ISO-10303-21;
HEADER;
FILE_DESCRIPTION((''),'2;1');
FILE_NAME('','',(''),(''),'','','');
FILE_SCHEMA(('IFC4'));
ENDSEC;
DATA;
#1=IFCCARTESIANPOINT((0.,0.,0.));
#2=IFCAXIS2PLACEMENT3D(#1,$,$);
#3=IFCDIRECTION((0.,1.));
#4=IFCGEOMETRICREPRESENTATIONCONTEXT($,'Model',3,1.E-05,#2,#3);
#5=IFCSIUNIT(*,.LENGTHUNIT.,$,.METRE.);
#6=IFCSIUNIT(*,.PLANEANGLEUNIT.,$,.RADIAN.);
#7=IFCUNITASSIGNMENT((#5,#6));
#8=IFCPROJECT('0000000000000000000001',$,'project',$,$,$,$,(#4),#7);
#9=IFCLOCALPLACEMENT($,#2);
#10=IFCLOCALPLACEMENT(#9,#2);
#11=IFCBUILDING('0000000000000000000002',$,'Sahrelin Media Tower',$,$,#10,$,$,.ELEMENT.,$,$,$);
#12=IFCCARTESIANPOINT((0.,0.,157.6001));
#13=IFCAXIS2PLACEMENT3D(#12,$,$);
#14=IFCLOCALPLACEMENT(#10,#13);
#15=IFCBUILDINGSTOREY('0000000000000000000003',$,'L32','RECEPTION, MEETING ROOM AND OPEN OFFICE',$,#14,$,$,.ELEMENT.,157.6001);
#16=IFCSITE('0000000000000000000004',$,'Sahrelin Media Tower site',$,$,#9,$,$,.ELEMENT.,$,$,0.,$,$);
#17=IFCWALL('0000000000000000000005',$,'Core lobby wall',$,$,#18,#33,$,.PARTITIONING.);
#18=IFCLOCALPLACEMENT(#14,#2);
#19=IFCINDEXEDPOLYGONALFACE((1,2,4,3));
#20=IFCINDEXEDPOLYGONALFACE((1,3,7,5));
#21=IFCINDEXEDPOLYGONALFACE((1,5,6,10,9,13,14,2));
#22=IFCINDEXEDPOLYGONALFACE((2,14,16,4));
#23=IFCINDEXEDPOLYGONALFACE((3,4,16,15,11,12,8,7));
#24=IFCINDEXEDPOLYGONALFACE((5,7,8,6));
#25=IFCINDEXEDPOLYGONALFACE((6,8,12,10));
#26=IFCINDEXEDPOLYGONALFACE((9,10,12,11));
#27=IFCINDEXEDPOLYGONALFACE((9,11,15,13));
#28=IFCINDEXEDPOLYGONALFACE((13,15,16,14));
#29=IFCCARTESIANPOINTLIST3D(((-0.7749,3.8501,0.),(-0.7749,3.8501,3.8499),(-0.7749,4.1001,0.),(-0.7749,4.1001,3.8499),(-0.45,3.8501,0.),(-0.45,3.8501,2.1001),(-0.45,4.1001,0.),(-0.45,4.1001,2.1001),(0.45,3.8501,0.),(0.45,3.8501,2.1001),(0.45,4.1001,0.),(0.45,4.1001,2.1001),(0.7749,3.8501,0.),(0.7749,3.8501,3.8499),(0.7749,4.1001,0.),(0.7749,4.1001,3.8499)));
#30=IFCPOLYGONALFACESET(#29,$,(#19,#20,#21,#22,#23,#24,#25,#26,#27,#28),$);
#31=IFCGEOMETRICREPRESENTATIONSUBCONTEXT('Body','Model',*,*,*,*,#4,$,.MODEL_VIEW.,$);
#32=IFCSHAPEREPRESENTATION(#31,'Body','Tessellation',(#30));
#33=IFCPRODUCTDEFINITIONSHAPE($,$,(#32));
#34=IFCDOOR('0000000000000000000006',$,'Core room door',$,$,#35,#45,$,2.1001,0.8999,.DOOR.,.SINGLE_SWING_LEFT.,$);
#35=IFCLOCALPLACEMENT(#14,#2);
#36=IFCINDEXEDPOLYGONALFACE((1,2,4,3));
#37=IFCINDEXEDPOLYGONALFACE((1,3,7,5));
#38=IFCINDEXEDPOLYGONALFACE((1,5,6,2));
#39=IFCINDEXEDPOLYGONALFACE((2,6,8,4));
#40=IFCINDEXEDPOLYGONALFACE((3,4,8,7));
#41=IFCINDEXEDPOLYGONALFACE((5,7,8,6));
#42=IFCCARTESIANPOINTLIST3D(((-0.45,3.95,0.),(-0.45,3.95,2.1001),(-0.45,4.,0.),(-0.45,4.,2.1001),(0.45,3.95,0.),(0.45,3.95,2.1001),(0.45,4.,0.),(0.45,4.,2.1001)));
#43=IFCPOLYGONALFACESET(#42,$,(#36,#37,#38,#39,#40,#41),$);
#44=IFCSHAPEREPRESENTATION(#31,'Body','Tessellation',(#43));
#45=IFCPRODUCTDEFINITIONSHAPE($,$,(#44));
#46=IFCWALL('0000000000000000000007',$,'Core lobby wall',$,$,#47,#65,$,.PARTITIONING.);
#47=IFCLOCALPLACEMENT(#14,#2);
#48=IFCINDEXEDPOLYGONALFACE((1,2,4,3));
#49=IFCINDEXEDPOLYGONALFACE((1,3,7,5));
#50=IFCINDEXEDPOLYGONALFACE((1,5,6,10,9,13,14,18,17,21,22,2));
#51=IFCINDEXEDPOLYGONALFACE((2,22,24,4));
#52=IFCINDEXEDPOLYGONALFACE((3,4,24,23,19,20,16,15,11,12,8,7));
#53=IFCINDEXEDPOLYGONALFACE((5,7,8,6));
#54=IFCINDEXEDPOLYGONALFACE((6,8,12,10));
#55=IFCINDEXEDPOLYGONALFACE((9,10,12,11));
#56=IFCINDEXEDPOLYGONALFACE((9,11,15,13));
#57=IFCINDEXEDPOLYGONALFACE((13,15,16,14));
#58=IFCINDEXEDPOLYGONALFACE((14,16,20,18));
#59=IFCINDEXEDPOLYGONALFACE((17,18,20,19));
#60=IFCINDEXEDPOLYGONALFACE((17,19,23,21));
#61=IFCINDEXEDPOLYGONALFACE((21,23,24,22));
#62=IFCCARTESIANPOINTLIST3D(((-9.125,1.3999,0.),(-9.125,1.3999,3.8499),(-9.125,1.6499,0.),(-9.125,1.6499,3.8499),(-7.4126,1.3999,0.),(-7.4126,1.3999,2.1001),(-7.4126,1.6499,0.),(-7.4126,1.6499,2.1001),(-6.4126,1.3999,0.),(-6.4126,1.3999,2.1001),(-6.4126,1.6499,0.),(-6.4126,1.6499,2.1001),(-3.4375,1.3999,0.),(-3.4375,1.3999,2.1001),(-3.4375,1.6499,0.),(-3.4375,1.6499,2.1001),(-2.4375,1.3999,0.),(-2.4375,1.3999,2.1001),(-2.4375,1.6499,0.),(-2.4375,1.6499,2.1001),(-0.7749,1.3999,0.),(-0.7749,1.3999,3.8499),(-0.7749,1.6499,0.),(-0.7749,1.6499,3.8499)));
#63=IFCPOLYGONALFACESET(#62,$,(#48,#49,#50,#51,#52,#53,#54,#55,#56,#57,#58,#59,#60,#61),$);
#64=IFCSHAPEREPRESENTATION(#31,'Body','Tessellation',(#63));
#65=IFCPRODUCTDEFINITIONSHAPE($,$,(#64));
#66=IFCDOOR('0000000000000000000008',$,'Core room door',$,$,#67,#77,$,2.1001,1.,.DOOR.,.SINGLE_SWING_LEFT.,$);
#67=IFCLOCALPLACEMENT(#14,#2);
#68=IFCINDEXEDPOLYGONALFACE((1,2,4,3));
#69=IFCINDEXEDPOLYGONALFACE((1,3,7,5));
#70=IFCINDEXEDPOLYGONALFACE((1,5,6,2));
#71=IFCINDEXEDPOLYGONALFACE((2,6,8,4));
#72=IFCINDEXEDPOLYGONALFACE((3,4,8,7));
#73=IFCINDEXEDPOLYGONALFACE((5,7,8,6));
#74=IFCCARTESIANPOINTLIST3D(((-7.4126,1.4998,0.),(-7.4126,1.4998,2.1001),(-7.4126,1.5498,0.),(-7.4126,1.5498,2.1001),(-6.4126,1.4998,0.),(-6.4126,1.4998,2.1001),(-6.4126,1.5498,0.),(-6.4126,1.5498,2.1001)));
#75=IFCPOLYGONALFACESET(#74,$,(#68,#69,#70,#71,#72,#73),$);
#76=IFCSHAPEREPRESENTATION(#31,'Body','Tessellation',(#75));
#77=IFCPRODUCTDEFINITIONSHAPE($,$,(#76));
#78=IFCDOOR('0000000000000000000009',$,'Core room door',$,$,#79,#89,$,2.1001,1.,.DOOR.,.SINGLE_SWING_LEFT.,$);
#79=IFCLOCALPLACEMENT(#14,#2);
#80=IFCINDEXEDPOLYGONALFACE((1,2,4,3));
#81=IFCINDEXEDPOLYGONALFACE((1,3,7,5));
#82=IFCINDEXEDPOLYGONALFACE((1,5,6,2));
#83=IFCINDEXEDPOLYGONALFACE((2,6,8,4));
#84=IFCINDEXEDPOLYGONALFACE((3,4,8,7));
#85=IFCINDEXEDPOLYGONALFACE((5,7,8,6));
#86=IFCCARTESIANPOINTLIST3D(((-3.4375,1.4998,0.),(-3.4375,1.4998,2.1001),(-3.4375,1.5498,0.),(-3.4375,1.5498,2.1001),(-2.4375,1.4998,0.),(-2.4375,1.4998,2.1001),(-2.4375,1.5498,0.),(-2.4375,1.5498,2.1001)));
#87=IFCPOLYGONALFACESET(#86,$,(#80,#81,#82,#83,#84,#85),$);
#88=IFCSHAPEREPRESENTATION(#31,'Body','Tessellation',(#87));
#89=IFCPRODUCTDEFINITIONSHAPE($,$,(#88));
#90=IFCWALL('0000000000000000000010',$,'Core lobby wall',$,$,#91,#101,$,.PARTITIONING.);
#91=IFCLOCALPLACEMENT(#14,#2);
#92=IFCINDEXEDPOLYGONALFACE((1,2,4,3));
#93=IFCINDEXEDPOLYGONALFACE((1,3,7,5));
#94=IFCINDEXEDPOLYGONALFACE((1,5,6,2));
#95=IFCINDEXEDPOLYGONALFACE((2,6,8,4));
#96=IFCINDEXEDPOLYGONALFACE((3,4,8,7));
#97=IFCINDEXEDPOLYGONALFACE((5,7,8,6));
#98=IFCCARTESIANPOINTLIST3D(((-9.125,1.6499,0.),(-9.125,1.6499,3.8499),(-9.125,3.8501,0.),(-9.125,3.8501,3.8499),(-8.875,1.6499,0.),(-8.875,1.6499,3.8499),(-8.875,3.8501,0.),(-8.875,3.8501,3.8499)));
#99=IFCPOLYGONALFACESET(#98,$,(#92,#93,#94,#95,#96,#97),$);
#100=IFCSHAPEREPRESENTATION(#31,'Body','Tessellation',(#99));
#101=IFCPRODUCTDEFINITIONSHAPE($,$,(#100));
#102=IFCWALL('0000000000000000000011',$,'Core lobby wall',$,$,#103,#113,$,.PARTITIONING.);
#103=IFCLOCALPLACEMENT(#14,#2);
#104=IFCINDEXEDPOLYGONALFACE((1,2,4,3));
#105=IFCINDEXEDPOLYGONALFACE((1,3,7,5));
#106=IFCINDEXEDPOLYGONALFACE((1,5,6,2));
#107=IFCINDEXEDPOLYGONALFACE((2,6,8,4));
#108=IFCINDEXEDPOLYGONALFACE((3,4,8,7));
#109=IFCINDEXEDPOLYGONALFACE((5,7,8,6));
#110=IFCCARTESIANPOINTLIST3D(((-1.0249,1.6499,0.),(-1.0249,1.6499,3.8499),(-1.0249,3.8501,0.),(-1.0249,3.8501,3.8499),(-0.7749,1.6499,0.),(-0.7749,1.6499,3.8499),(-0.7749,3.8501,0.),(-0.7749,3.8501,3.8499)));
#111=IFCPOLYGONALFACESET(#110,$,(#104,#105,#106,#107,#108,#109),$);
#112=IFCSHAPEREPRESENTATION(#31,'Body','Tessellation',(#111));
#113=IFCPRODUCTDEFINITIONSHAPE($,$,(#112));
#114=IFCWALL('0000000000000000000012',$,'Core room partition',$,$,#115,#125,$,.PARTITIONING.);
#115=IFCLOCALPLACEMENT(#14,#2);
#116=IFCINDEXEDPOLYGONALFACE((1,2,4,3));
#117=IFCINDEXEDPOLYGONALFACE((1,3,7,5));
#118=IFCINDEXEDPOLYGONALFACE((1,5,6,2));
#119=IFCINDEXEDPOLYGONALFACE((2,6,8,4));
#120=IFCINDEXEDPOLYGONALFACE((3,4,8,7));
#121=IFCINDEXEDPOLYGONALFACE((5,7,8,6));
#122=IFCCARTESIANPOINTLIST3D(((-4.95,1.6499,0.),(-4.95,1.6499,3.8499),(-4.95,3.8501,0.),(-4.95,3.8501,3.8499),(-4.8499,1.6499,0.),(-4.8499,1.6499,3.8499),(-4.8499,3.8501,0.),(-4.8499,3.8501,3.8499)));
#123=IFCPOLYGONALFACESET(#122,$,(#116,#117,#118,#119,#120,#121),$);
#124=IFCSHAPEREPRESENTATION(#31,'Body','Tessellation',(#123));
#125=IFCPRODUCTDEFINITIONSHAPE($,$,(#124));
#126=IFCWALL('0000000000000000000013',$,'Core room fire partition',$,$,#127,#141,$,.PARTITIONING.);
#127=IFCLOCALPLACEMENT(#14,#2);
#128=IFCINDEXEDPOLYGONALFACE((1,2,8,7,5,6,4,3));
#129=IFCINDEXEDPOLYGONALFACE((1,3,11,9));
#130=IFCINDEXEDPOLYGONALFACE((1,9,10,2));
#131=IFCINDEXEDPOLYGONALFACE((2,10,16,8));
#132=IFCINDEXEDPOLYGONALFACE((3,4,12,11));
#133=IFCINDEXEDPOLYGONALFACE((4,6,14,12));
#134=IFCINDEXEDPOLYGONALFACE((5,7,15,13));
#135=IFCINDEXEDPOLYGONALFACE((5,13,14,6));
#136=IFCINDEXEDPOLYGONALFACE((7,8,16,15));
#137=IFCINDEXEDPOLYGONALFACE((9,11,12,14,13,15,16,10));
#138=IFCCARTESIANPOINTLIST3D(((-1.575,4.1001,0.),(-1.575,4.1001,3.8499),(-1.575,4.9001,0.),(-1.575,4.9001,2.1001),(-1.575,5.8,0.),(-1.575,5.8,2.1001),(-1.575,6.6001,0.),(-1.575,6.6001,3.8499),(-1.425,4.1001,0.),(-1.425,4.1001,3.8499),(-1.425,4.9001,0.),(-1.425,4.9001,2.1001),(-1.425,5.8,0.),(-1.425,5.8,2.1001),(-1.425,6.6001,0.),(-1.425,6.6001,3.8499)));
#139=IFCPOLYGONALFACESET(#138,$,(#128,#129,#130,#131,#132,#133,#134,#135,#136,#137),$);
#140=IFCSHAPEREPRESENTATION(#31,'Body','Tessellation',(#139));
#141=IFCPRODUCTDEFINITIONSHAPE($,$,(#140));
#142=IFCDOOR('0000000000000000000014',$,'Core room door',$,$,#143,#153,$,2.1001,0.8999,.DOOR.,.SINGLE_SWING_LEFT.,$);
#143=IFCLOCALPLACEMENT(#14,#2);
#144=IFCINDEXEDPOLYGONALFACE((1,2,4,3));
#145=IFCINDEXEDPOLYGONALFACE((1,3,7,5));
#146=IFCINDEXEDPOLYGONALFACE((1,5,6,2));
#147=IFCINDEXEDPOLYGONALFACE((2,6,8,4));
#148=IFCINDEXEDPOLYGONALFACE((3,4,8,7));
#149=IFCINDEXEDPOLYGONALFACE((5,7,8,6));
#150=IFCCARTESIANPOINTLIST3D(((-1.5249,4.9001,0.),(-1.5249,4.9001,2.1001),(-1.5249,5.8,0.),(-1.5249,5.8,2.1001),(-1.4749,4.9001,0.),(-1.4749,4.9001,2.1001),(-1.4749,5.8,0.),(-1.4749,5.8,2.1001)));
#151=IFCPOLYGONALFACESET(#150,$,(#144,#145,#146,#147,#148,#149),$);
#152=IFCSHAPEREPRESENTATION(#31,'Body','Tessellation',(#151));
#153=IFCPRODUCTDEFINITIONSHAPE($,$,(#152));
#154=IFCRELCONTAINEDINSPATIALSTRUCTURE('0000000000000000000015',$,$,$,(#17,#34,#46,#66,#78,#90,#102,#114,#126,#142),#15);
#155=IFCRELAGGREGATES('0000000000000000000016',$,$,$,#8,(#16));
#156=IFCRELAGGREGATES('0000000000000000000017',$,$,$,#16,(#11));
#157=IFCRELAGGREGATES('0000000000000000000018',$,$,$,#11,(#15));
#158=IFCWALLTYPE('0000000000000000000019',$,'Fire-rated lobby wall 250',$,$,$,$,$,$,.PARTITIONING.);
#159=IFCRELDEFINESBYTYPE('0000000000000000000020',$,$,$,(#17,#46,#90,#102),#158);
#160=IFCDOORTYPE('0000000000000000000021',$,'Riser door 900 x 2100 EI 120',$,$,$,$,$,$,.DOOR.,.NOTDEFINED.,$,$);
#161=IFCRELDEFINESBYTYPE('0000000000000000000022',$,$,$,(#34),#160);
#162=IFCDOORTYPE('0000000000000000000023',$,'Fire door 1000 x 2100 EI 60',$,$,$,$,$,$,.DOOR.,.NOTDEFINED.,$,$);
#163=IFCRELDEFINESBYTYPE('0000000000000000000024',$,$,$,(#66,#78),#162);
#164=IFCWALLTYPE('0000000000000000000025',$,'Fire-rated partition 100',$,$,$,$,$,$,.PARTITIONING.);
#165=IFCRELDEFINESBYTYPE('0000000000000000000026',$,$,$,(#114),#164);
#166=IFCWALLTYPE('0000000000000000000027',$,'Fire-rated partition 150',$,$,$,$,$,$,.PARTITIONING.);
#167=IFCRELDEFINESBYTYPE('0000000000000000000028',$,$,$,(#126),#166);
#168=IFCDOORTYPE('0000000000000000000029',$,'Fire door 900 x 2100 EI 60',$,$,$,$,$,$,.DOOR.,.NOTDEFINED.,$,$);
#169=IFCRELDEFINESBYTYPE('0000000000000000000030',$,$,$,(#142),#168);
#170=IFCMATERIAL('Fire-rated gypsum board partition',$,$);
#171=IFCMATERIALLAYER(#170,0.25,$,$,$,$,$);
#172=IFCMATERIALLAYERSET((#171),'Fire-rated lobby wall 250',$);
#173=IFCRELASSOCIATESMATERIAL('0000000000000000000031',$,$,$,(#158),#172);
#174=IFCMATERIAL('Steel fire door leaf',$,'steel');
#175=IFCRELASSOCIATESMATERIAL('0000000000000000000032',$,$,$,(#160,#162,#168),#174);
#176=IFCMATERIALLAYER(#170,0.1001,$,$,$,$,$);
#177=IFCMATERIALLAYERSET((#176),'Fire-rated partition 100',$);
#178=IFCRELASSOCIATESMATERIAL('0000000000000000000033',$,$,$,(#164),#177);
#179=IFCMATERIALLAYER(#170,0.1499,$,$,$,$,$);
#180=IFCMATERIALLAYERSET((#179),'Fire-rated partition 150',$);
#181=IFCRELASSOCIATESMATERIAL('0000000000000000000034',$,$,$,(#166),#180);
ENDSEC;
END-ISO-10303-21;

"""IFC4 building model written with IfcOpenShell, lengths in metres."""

from ifc_helpers import new_model, si_unit, direction, frame, frame_2d, origin, place, context, subcontext, project, spatial, rectangle, extrude, material, layer, layer_set, type_object, element, fill, save


model = new_model("IFC4")

# Units and contexts
model_context = context("Model", 3, precision=1e-05, world=origin(), true_north=direction((0.0, 1.0)))
body_context = subcontext(model_context, "Body", "Model", "MODEL_VIEW")
ifc_project = project(units=[si_unit("LENGTHUNIT", "METRE"), si_unit("PLANEANGLEUNIT", "RADIAN")], contexts=[model_context])

# Site, building, storey
site_placement = place(None, origin())
site = spatial("IfcSite", under=ifc_project, at=site_placement, Name="Sahrelin Media Tower site", CompositionType="ELEMENT", RefElevation=0.0)
building_placement = place(site_placement, origin())
building = spatial("IfcBuilding", under=site, at=building_placement, Name="Sahrelin Media Tower", CompositionType="ELEMENT")
storey_placement = place(building_placement, frame((0.0, 0.0, 157.6001)))
storey = spatial("IfcBuildingStorey", under=building, at=storey_placement, Name="L32", Description="RECEPTION, MEETING ROOM AND OPEN OFFICE", CompositionType="ELEMENT", Elevation=157.6001)

# Wall, opening, door
ifc_material_1 = material(Name="Fire-rated gypsum board partition")
ifc_layer_1 = layer(ifc_material_1, 0.25)
ifc_layer_set_1 = layer_set([ifc_layer_1], Name="Fire-rated lobby wall 250")
wall_type_1 = type_object("IfcWallType", Name="Fire-rated lobby wall 250", PredefinedType="PARTITIONING", material=ifc_layer_set_1)
wall_1_placement = place(storey_placement, frame((-0.7749, 3.9751, 0.0), z_axis=(0.0, 0.0, 1.0), x_axis=(1.0, 0.0, 0.0)))
wall_1 = element("IfcWall", 1, at=wall_1_placement, inside=storey, type_object=wall_type_1, Name="Core lobby wall", PredefinedType="PARTITIONING", context=body_context, shape_type="SweptSolid", body=[
    extrude(rectangle(XDim=1.5498, YDim=0.25, at=frame_2d((0.7749, 0.0))), origin(), (0.0, 0.0, 1.0), 3.8499),
])
opening_1_placement = place(wall_1_placement, frame((0.325, 0.0, 0.0)))
opening_1 = element("IfcOpeningElement", 2, at=opening_1_placement, cuts=wall_1, PredefinedType="OPENING", context=body_context, shape_type="SweptSolid", body=[
    extrude(rectangle(XDim=0.8999, YDim=2.1001, at=frame_2d((0.45, 1.05))), frame((0.0, 0.125, 0.0), z_axis=(0.0, -1.0, 0.0), x_axis=(1.0, 0.0, 0.0)), (0.0, 0.0, 1.0), 0.25),
])
ifc_material_2 = material(Name="Steel fire door leaf", Category="steel")
door_type_1 = type_object("IfcDoorType", Name="Riser door 900 x 2100 EI 120", OperationType="NOTDEFINED", PredefinedType="DOOR", material=ifc_material_2)
door_1_placement = place(opening_1_placement, origin())
door_1 = element("IfcDoor", 3, at=door_1_placement, inside=storey, type_object=door_type_1, Name="Core room door", OperationType="SINGLE_SWING_LEFT", OverallHeight=2.1001, OverallWidth=0.8999, PredefinedType="DOOR", context=body_context, shape_type="SweptSolid", body=[
    extrude(rectangle(XDim=0.8999, YDim=2.1001, at=frame_2d((0.45, 1.05))), frame((0.0, 0.0249, 0.0), z_axis=(0.0, -1.0, 0.0), x_axis=(1.0, 0.0, 0.0)), (0.0, 0.0, 1.0), 0.05),
])
fill(opening_1, door_1)

# Wall, openings, doors
wall_2_placement = place(storey_placement, frame((-9.125, 1.5249, 0.0), z_axis=(0.0, 0.0, 1.0), x_axis=(1.0, 0.0, 0.0)))
wall_2 = element("IfcWall", 4, at=wall_2_placement, inside=storey, type_object=wall_type_1, Name="Core lobby wall", PredefinedType="PARTITIONING", context=body_context, shape_type="SweptSolid", body=[
    extrude(rectangle(XDim=8.3501, YDim=0.25, at=frame_2d((4.175, 0.0))), origin(), (0.0, 0.0, 1.0), 3.8499),
])
opening_2_placement = place(wall_2_placement, frame((1.7124, 0.0, 0.0)))
opening_2 = element("IfcOpeningElement", 5, at=opening_2_placement, cuts=wall_2, PredefinedType="OPENING", context=body_context, shape_type="SweptSolid", body=[
    extrude(rectangle(XDim=1.0, YDim=2.1001, at=frame_2d((0.5, 1.05))), frame((0.0, 0.125, 0.0), z_axis=(0.0, -1.0, 0.0), x_axis=(1.0, 0.0, 0.0)), (0.0, 0.0, 1.0), 0.25),
])
opening_3_placement = place(wall_2_placement, frame((5.6875, 0.0, 0.0)))
opening_3 = element("IfcOpeningElement", 6, at=opening_3_placement, cuts=wall_2, PredefinedType="OPENING", context=body_context, shape_type="SweptSolid", body=[
    extrude(rectangle(XDim=1.0, YDim=2.1001, at=frame_2d((0.5, 1.05))), frame((0.0, 0.125, 0.0), z_axis=(0.0, -1.0, 0.0), x_axis=(1.0, 0.0, 0.0)), (0.0, 0.0, 1.0), 0.25),
])
door_type_2 = type_object("IfcDoorType", Name="Fire door 1000 x 2100 EI 60", OperationType="NOTDEFINED", PredefinedType="DOOR", material=ifc_material_2)
door_2_placement = place(opening_2_placement, origin())
door_2 = element("IfcDoor", 7, at=door_2_placement, inside=storey, type_object=door_type_2, Name="Core room door", OperationType="SINGLE_SWING_LEFT", OverallHeight=2.1001, OverallWidth=1.0, PredefinedType="DOOR", context=body_context, shape_type="SweptSolid", body=[
    extrude(rectangle(XDim=1.0, YDim=2.1001, at=frame_2d((0.5, 1.05))), frame((0.0, 0.0249, 0.0), z_axis=(0.0, -1.0, 0.0), x_axis=(1.0, 0.0, 0.0)), (0.0, 0.0, 1.0), 0.05),
])
fill(opening_2, door_2)
door_3_placement = place(opening_3_placement, origin())
door_3 = element("IfcDoor", 8, at=door_3_placement, inside=storey, type_object=door_type_2, Name="Core room door", OperationType="SINGLE_SWING_LEFT", OverallHeight=2.1001, OverallWidth=1.0, PredefinedType="DOOR", context=body_context, shape_type="SweptSolid", body=[
    extrude(rectangle(XDim=1.0, YDim=2.1001, at=frame_2d((0.5, 1.05))), frame((0.0, 0.0249, 0.0), z_axis=(0.0, -1.0, 0.0), x_axis=(1.0, 0.0, 0.0)), (0.0, 0.0, 1.0), 0.05),
])
fill(opening_3, door_3)

# Walls
for number, where, z_axis, x_axis, name in (
    (9, (-9.0, 1.6499, 0.0), (0.0, 0.0, 1.0), (0.0, 1.0, 0.0), "Core lobby wall"),
    (10, (-0.8999, 1.6499, 0.0), (0.0, 0.0, 1.0), (0.0, 1.0, 0.0), "Core lobby wall"),
):
    element("IfcWall", number, at=place(storey_placement, frame(where, z_axis=z_axis, x_axis=x_axis)), inside=storey, type_object=wall_type_1, Name=name, PredefinedType="PARTITIONING", context=body_context, shape_type="SweptSolid", body=[
        extrude(rectangle(XDim=2.2002, YDim=0.25, at=frame_2d((1.1001, 0.0))), origin(), (0.0, 0.0, 1.0), 3.8499),
    ])
ifc_layer_2 = layer(ifc_material_1, 0.1001)
ifc_layer_set_2 = layer_set([ifc_layer_2], Name="Fire-rated partition 100")
wall_type_2 = type_object("IfcWallType", Name="Fire-rated partition 100", PredefinedType="PARTITIONING", material=ifc_layer_set_2)
wall_3_placement = place(storey_placement, frame((-4.8999, 1.6499, 0.0), z_axis=(0.0, 0.0, 1.0), x_axis=(0.0, 1.0, 0.0)))
element("IfcWall", 11, at=wall_3_placement, inside=storey, type_object=wall_type_2, Name="Core room partition", PredefinedType="PARTITIONING", context=body_context, shape_type="SweptSolid", body=[
    extrude(rectangle(XDim=2.2002, YDim=0.1001, at=frame_2d((1.1001, 0.0))), origin(), (0.0, 0.0, 1.0), 3.8499),
])

# Wall, opening, door
ifc_layer_3 = layer(ifc_material_1, 0.1499)
ifc_layer_set_3 = layer_set([ifc_layer_3], Name="Fire-rated partition 150")
wall_type_3 = type_object("IfcWallType", Name="Fire-rated partition 150", PredefinedType="PARTITIONING", material=ifc_layer_set_3)
wall_4_placement = place(storey_placement, frame((-1.5, 4.1001, 0.0), z_axis=(0.0, 0.0, 1.0), x_axis=(0.0, 1.0, 0.0)))
wall_4 = element("IfcWall", 12, at=wall_4_placement, inside=storey, type_object=wall_type_3, Name="Core room fire partition", PredefinedType="PARTITIONING", context=body_context, shape_type="SweptSolid", body=[
    extrude(rectangle(XDim=2.5, YDim=0.1499, at=frame_2d((1.25, 0.0))), origin(), (0.0, 0.0, 1.0), 3.8499),
])
opening_4_placement = place(wall_4_placement, frame((0.8, 0.0, 0.0)))
opening_4 = element("IfcOpeningElement", 13, at=opening_4_placement, cuts=wall_4, PredefinedType="OPENING", context=body_context, shape_type="SweptSolid", body=[
    extrude(rectangle(XDim=0.8999, YDim=2.1001, at=frame_2d((0.45, 1.05))), frame((0.0, 0.075, 0.0), z_axis=(0.0, -1.0, 0.0), x_axis=(1.0, 0.0, 0.0)), (0.0, 0.0, 1.0), 0.1499),
])
door_type_3 = type_object("IfcDoorType", Name="Fire door 900 x 2100 EI 60", OperationType="NOTDEFINED", PredefinedType="DOOR", material=ifc_material_2)
door_4_placement = place(opening_4_placement, origin())
door_4 = element("IfcDoor", 14, at=door_4_placement, inside=storey, type_object=door_type_3, Name="Core room door", OperationType="SINGLE_SWING_LEFT", OverallHeight=2.1001, OverallWidth=0.8999, PredefinedType="DOOR", context=body_context, shape_type="SweptSolid", body=[
    extrude(rectangle(XDim=0.8999, YDim=2.1001, at=frame_2d((0.45, 1.05))), frame((0.0, 0.0249, 0.0), z_axis=(0.0, -1.0, 0.0), x_axis=(1.0, 0.0, 0.0)), (0.0, 0.0, 1.0), 0.05),
])
fill(opening_4, door_4)

save(model, "model.ifc")
